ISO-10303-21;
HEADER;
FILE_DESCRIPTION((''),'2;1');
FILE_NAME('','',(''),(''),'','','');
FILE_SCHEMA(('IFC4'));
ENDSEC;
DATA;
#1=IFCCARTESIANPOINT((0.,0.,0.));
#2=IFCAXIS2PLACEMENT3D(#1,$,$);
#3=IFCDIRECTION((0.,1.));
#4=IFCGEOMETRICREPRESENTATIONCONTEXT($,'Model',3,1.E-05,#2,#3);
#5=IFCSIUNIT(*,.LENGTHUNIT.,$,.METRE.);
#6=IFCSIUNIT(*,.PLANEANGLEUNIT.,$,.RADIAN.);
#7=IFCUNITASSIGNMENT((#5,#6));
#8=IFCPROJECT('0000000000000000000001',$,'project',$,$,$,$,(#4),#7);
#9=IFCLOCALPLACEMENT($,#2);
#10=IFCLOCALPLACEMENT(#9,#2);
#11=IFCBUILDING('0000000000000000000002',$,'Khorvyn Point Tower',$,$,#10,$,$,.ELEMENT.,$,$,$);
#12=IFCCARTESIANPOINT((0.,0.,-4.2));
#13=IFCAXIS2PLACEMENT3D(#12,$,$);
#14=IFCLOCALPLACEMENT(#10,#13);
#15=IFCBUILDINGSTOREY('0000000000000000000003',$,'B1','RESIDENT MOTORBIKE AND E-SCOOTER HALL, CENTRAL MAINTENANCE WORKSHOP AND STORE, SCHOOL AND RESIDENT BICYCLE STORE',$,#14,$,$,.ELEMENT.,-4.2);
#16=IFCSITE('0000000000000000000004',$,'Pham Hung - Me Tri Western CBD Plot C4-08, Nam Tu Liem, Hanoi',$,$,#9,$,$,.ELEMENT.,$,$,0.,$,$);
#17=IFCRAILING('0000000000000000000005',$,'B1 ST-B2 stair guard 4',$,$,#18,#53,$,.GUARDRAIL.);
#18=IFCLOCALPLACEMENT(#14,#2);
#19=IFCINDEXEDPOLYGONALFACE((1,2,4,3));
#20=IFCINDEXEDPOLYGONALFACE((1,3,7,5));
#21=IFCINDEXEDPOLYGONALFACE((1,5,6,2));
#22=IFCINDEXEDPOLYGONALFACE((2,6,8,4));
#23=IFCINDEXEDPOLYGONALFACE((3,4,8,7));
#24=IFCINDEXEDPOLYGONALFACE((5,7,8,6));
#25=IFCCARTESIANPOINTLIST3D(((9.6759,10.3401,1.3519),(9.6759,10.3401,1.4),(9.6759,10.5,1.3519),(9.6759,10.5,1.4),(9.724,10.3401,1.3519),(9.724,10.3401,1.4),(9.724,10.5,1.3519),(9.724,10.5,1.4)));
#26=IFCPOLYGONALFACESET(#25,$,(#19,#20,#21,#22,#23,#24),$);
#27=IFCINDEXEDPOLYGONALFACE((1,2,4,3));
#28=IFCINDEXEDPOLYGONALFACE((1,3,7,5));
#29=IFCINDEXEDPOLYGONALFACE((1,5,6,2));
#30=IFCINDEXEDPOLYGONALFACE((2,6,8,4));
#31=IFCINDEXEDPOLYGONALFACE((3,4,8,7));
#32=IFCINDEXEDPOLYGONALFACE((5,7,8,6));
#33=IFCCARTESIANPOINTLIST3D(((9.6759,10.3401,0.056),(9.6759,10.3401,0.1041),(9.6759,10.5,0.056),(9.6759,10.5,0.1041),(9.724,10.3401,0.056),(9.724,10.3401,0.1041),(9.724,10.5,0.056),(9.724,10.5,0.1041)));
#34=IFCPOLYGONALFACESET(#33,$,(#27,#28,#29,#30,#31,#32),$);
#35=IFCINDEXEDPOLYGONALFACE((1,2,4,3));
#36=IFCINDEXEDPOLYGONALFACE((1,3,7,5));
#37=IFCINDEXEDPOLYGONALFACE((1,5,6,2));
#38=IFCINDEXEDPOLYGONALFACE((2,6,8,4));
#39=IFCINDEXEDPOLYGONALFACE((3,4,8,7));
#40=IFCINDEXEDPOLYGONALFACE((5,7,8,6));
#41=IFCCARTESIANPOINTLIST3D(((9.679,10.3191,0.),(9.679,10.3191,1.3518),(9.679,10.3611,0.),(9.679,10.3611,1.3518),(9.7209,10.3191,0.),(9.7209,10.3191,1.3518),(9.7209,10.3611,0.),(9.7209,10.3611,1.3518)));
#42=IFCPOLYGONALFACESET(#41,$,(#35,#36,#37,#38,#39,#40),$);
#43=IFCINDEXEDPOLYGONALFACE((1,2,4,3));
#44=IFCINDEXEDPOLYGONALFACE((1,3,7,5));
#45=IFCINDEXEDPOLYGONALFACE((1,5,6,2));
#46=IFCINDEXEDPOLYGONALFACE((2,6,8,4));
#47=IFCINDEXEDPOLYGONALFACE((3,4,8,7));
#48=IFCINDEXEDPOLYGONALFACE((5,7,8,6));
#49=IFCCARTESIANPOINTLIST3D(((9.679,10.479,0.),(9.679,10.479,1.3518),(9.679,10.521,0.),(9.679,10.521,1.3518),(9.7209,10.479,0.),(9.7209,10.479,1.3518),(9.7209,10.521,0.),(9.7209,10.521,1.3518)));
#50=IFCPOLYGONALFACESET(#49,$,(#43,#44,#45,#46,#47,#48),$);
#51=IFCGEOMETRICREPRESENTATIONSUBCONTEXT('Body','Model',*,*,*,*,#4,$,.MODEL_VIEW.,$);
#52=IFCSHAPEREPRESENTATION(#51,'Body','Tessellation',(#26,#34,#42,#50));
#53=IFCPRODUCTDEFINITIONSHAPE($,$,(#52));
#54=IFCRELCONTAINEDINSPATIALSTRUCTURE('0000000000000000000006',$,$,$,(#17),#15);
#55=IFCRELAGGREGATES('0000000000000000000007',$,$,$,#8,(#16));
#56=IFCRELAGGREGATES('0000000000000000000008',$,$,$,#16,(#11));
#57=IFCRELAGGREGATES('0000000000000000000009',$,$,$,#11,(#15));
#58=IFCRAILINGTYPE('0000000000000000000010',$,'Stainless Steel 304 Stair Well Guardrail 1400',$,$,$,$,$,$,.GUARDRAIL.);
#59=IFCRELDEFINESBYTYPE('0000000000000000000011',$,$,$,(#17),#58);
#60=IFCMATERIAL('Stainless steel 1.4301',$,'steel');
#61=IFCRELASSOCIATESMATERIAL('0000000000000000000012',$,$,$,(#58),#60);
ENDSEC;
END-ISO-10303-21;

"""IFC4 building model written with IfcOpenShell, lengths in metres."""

from ifc_helpers import new_model, si_unit, direction, frame, origin, origin_2d, place, context, subcontext, project, spatial, rectangle, extrude, material, type_object, element, save


model = new_model("IFC4")

# Units and contexts
model_context = context("Model", 3, precision=1e-05, world=origin(), true_north=direction((0.0, 1.0)))
body_context = subcontext(model_context, "Body", "Model", "MODEL_VIEW")
ifc_project = project(units=[si_unit("LENGTHUNIT", "METRE"), si_unit("PLANEANGLEUNIT", "RADIAN")], contexts=[model_context])

# Site, building, storey
site_placement = place(None, origin())
site = spatial("IfcSite", under=ifc_project, at=site_placement, Name="Pham Hung - Me Tri Western CBD Plot C4-08, Nam Tu Liem, Hanoi", CompositionType="ELEMENT", RefElevation=0.0)
building_placement = place(site_placement, origin())
building = spatial("IfcBuilding", under=site, at=building_placement, Name="Khorvyn Point Tower", CompositionType="ELEMENT")
storey_placement = place(building_placement, frame((0.0, 0.0, -4.2)))
storey = spatial("IfcBuildingStorey", under=building, at=storey_placement, Name="B1", Description="RESIDENT MOTORBIKE AND E-SCOOTER HALL, CENTRAL MAINTENANCE WORKSHOP AND STORE, SCHOOL AND RESIDENT BICYCLE STORE", CompositionType="ELEMENT", Elevation=-4.2)

# Railing
ifc_material_1 = material(Name="Stainless steel 1.4301", Category="steel")
railing_type_1 = type_object("IfcRailingType", Name="Stainless Steel 304 Stair Well Guardrail 1400", PredefinedType="GUARDRAIL", material=ifc_material_1)
railing_1_placement = place(storey_placement, frame((9.7, 10.3401, 0.0)))
element("IfcRailing", 1, at=railing_1_placement, inside=storey, type_object=railing_type_1, Name="B1 ST-B2 stair guard 4", PredefinedType="GUARDRAIL", context=body_context, shape_type="SweptSolid", body=[
    extrude(rectangle(XDim=0.0481, YDim=0.0481, at=origin_2d()), frame((0.0, 0.0, 1.376), z_axis=(0.0, 1.0, 0.0), x_axis=(-1.0, 0.0, 0.0)), (0.0, 0.0, 1.0), 0.1599),
    extrude(rectangle(XDim=0.0481, YDim=0.0481, at=origin_2d()), frame((0.0, 0.0, 0.0801), z_axis=(0.0, 1.0, 0.0), x_axis=(-1.0, 0.0, 0.0)), (0.0, 0.0, 1.0), 0.1599),
    extrude(rectangle(XDim=0.042, YDim=0.042, at=origin_2d()), origin(), (0.0, 0.0, 1.0), 1.3518),
    extrude(rectangle(XDim=0.042, YDim=0.042, at=origin_2d()), frame((0.0, 0.1599, 0.0)), (0.0, 0.0, 1.0), 1.3518),
])

save(model, "model.ifc")
